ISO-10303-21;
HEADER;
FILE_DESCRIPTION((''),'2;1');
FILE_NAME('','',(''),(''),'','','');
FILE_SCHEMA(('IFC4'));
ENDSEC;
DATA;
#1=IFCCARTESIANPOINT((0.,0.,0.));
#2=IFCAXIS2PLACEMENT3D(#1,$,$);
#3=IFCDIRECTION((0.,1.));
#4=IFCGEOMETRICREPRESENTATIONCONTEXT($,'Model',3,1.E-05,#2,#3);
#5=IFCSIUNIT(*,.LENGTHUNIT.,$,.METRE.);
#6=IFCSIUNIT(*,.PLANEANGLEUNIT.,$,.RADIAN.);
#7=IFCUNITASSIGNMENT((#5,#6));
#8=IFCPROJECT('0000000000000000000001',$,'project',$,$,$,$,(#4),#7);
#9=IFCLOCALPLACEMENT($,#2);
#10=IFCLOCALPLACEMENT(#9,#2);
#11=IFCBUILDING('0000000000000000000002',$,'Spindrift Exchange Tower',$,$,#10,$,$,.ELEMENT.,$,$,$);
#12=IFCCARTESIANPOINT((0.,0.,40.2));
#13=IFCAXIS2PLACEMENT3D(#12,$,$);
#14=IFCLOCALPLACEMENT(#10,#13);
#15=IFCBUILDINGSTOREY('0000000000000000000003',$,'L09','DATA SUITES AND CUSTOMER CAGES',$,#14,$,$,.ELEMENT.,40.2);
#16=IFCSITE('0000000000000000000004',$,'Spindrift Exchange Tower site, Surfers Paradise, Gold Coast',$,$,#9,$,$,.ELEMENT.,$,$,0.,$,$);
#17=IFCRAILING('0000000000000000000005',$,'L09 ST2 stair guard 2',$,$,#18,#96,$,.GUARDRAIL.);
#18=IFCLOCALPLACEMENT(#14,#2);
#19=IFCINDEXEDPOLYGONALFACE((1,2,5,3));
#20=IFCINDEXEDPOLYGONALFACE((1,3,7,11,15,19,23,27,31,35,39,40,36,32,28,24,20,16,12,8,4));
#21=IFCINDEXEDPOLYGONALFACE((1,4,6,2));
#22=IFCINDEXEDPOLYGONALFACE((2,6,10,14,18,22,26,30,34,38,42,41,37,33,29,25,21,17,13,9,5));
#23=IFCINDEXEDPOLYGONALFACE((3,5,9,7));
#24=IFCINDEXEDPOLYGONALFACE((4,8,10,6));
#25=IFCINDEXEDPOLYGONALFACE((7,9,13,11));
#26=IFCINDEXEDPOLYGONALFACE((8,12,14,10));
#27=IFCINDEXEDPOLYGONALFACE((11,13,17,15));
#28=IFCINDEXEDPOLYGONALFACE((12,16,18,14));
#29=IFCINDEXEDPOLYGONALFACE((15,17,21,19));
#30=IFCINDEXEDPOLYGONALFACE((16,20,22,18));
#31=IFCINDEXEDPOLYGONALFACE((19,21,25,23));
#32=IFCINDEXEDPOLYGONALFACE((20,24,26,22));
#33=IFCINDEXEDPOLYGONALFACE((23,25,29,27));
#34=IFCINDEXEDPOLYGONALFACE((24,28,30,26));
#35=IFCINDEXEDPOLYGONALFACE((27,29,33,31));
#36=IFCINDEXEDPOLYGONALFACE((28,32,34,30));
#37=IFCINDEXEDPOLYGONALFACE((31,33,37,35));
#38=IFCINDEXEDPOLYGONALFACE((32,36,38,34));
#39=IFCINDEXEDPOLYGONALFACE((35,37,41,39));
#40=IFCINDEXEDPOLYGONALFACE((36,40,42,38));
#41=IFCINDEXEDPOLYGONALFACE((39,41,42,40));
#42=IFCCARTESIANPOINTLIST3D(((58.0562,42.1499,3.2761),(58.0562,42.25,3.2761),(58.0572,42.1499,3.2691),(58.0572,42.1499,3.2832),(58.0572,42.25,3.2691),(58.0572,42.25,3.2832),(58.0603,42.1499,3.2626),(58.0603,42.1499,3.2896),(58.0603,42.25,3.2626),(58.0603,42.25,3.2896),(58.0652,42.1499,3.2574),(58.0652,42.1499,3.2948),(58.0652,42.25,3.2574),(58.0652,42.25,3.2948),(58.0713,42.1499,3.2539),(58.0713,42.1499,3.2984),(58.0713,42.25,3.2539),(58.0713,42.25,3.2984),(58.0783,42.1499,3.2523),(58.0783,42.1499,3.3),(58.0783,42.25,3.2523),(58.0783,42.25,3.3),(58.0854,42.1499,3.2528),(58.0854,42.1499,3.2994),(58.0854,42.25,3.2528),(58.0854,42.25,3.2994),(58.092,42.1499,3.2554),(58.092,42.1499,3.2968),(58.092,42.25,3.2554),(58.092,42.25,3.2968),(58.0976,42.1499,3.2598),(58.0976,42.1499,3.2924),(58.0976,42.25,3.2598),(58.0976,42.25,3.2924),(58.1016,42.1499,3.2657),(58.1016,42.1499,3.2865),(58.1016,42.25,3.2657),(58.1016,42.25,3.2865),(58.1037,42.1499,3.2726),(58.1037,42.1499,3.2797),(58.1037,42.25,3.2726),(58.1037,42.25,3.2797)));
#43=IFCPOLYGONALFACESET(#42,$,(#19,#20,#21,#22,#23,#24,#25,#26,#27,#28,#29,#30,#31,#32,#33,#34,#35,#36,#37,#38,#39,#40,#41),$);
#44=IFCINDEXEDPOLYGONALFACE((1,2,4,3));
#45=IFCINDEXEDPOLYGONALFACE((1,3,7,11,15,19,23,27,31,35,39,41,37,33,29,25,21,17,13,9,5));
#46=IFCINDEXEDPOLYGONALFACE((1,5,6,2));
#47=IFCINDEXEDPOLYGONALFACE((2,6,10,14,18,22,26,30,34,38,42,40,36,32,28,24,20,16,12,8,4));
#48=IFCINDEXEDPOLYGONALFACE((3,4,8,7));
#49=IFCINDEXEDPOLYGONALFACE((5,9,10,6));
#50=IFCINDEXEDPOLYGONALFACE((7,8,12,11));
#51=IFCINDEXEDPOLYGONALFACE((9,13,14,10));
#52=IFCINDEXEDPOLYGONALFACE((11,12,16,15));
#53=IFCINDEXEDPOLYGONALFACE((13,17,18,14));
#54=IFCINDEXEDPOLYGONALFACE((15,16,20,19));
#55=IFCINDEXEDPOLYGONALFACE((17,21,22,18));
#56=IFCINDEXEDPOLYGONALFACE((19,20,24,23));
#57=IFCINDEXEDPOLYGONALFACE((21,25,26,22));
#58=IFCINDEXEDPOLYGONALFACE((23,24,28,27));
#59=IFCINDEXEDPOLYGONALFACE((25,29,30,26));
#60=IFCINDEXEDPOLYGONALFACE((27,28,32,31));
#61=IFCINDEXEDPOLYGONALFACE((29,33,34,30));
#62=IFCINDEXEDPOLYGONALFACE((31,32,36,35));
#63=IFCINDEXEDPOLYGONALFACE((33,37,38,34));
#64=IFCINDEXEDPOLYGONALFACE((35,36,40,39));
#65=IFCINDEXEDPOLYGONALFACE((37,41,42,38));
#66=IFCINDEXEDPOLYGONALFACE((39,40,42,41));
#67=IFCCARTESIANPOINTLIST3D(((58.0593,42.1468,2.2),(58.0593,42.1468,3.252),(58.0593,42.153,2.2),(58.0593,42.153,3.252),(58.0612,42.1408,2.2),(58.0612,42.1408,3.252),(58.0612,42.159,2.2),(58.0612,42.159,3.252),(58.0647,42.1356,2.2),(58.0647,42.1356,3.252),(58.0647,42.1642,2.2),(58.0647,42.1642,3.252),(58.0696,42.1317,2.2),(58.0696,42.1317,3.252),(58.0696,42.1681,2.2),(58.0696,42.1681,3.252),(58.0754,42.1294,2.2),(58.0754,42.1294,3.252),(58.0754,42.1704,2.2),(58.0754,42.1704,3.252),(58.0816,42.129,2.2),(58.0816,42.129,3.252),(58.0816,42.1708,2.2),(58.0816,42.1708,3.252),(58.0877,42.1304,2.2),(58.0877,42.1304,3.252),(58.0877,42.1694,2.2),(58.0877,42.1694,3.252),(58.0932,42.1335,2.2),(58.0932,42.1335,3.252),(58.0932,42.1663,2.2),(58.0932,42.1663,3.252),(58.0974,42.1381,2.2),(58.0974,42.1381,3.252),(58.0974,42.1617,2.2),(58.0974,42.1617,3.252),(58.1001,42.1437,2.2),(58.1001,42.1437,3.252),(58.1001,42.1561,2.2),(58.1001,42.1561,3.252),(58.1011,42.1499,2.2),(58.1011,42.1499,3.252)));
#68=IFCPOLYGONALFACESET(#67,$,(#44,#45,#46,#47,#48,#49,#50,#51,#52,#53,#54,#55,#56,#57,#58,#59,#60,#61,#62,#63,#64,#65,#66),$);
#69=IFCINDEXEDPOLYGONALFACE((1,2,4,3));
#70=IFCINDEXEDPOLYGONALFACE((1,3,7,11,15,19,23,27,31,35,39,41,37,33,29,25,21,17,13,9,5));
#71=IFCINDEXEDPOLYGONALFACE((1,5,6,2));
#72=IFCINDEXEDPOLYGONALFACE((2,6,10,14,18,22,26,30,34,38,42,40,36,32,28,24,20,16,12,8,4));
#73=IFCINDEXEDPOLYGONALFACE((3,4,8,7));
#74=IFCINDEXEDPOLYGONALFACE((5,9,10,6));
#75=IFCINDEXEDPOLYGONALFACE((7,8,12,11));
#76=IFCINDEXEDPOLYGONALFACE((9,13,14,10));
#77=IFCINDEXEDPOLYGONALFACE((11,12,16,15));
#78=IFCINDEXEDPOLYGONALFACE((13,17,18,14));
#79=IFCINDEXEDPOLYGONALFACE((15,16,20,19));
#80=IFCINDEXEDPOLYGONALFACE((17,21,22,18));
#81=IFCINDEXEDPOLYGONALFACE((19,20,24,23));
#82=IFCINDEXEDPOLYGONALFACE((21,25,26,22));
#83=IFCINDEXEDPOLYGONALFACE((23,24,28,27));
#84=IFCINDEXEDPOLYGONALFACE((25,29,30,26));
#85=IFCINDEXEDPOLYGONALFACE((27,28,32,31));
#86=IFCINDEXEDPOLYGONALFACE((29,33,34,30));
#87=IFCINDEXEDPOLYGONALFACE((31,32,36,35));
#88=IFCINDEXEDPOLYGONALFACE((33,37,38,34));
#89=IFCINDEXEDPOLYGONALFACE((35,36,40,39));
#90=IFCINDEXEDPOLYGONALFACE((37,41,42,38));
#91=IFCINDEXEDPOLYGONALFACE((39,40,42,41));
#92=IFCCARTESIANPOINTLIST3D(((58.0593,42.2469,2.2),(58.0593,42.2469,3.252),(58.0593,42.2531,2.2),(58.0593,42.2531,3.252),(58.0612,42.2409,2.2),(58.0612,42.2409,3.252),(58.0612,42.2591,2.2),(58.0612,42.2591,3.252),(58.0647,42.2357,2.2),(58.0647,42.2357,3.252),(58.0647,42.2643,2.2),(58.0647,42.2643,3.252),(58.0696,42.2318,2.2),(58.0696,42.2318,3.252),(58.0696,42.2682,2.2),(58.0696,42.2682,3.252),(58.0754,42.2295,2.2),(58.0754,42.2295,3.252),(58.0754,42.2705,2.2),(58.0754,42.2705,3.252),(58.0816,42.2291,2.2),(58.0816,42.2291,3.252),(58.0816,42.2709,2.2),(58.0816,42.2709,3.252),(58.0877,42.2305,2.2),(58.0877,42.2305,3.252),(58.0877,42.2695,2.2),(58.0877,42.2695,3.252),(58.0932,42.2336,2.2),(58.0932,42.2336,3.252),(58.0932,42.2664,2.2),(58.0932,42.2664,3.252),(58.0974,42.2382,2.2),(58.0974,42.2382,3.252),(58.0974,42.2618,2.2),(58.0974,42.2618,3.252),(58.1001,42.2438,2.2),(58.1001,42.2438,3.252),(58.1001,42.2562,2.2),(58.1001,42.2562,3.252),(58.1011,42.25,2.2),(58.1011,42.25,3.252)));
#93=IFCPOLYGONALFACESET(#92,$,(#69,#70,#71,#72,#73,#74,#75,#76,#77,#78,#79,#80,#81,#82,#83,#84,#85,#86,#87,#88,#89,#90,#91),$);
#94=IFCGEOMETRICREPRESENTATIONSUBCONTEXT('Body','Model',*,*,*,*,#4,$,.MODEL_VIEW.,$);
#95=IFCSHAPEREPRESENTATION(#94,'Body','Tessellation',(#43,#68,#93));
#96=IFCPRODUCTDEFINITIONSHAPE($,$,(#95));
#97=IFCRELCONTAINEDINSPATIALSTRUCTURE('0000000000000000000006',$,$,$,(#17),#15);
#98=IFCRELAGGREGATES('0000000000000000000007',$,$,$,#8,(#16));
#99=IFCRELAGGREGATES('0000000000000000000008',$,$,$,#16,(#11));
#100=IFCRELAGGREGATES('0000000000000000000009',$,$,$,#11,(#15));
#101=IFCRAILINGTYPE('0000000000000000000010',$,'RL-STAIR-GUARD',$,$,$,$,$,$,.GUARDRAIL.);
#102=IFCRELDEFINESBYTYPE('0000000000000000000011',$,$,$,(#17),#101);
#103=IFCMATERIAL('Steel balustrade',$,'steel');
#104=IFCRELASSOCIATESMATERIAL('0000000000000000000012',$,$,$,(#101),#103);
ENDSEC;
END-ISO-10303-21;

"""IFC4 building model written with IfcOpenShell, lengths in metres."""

from ifc_helpers import new_model, si_unit, direction, frame, origin, origin_2d, place, context, subcontext, project, spatial, circle, extrude, material, type_object, element, save


model = new_model("IFC4")

# Units and contexts
model_context = context("Model", 3, precision=1e-05, world=origin(), true_north=direction((0.0, 1.0)))
body_context = subcontext(model_context, "Body", "Model", "MODEL_VIEW")
ifc_project = project(units=[si_unit("LENGTHUNIT", "METRE"), si_unit("PLANEANGLEUNIT", "RADIAN")], contexts=[model_context])

# Site, building, storey
site_placement = place(None, origin())
site = spatial("IfcSite", under=ifc_project, at=site_placement, Name="Spindrift Exchange Tower site, Surfers Paradise, Gold Coast", CompositionType="ELEMENT", RefElevation=0.0)
building_placement = place(site_placement, origin())
building = spatial("IfcBuilding", under=site, at=building_placement, Name="Spindrift Exchange Tower", CompositionType="ELEMENT")
storey_placement = place(building_placement, frame((0.0, 0.0, 40.2)))
storey = spatial("IfcBuildingStorey", under=building, at=storey_placement, Name="L09", Description="DATA SUITES AND CUSTOMER CAGES", CompositionType="ELEMENT", Elevation=40.2)

# Railing
ifc_material_1 = material(Name="Steel balustrade", Category="steel")
railing_type_1 = type_object("IfcRailingType", Name="RL-STAIR-GUARD", PredefinedType="GUARDRAIL", material=ifc_material_1)
railing_1_placement = place(storey_placement, frame((58.0801, 42.1499, 2.2)))
element("IfcRailing", 1, at=railing_1_placement, inside=storey, type_object=railing_type_1, Name="L09 ST2 stair guard 2", PredefinedType="GUARDRAIL", context=body_context, shape_type="SweptSolid", body=[
    extrude(circle(Radius=0.0239, at=origin_2d()), frame((0.0, 0.0, 1.0762), z_axis=(0.0, 1.0, 0.0), x_axis=(-1.0, 0.0, 0.0)), (0.0, 0.0, 1.0), 0.1001),
    extrude(circle(Radius=0.021, at=origin_2d()), origin(), (0.0, 0.0, 1.0), 1.052),
    extrude(circle(Radius=0.021, at=origin_2d()), frame((0.0, 0.1001, 0.0)), (0.0, 0.0, 1.0), 1.052),
])

save(model, "model.ifc")
